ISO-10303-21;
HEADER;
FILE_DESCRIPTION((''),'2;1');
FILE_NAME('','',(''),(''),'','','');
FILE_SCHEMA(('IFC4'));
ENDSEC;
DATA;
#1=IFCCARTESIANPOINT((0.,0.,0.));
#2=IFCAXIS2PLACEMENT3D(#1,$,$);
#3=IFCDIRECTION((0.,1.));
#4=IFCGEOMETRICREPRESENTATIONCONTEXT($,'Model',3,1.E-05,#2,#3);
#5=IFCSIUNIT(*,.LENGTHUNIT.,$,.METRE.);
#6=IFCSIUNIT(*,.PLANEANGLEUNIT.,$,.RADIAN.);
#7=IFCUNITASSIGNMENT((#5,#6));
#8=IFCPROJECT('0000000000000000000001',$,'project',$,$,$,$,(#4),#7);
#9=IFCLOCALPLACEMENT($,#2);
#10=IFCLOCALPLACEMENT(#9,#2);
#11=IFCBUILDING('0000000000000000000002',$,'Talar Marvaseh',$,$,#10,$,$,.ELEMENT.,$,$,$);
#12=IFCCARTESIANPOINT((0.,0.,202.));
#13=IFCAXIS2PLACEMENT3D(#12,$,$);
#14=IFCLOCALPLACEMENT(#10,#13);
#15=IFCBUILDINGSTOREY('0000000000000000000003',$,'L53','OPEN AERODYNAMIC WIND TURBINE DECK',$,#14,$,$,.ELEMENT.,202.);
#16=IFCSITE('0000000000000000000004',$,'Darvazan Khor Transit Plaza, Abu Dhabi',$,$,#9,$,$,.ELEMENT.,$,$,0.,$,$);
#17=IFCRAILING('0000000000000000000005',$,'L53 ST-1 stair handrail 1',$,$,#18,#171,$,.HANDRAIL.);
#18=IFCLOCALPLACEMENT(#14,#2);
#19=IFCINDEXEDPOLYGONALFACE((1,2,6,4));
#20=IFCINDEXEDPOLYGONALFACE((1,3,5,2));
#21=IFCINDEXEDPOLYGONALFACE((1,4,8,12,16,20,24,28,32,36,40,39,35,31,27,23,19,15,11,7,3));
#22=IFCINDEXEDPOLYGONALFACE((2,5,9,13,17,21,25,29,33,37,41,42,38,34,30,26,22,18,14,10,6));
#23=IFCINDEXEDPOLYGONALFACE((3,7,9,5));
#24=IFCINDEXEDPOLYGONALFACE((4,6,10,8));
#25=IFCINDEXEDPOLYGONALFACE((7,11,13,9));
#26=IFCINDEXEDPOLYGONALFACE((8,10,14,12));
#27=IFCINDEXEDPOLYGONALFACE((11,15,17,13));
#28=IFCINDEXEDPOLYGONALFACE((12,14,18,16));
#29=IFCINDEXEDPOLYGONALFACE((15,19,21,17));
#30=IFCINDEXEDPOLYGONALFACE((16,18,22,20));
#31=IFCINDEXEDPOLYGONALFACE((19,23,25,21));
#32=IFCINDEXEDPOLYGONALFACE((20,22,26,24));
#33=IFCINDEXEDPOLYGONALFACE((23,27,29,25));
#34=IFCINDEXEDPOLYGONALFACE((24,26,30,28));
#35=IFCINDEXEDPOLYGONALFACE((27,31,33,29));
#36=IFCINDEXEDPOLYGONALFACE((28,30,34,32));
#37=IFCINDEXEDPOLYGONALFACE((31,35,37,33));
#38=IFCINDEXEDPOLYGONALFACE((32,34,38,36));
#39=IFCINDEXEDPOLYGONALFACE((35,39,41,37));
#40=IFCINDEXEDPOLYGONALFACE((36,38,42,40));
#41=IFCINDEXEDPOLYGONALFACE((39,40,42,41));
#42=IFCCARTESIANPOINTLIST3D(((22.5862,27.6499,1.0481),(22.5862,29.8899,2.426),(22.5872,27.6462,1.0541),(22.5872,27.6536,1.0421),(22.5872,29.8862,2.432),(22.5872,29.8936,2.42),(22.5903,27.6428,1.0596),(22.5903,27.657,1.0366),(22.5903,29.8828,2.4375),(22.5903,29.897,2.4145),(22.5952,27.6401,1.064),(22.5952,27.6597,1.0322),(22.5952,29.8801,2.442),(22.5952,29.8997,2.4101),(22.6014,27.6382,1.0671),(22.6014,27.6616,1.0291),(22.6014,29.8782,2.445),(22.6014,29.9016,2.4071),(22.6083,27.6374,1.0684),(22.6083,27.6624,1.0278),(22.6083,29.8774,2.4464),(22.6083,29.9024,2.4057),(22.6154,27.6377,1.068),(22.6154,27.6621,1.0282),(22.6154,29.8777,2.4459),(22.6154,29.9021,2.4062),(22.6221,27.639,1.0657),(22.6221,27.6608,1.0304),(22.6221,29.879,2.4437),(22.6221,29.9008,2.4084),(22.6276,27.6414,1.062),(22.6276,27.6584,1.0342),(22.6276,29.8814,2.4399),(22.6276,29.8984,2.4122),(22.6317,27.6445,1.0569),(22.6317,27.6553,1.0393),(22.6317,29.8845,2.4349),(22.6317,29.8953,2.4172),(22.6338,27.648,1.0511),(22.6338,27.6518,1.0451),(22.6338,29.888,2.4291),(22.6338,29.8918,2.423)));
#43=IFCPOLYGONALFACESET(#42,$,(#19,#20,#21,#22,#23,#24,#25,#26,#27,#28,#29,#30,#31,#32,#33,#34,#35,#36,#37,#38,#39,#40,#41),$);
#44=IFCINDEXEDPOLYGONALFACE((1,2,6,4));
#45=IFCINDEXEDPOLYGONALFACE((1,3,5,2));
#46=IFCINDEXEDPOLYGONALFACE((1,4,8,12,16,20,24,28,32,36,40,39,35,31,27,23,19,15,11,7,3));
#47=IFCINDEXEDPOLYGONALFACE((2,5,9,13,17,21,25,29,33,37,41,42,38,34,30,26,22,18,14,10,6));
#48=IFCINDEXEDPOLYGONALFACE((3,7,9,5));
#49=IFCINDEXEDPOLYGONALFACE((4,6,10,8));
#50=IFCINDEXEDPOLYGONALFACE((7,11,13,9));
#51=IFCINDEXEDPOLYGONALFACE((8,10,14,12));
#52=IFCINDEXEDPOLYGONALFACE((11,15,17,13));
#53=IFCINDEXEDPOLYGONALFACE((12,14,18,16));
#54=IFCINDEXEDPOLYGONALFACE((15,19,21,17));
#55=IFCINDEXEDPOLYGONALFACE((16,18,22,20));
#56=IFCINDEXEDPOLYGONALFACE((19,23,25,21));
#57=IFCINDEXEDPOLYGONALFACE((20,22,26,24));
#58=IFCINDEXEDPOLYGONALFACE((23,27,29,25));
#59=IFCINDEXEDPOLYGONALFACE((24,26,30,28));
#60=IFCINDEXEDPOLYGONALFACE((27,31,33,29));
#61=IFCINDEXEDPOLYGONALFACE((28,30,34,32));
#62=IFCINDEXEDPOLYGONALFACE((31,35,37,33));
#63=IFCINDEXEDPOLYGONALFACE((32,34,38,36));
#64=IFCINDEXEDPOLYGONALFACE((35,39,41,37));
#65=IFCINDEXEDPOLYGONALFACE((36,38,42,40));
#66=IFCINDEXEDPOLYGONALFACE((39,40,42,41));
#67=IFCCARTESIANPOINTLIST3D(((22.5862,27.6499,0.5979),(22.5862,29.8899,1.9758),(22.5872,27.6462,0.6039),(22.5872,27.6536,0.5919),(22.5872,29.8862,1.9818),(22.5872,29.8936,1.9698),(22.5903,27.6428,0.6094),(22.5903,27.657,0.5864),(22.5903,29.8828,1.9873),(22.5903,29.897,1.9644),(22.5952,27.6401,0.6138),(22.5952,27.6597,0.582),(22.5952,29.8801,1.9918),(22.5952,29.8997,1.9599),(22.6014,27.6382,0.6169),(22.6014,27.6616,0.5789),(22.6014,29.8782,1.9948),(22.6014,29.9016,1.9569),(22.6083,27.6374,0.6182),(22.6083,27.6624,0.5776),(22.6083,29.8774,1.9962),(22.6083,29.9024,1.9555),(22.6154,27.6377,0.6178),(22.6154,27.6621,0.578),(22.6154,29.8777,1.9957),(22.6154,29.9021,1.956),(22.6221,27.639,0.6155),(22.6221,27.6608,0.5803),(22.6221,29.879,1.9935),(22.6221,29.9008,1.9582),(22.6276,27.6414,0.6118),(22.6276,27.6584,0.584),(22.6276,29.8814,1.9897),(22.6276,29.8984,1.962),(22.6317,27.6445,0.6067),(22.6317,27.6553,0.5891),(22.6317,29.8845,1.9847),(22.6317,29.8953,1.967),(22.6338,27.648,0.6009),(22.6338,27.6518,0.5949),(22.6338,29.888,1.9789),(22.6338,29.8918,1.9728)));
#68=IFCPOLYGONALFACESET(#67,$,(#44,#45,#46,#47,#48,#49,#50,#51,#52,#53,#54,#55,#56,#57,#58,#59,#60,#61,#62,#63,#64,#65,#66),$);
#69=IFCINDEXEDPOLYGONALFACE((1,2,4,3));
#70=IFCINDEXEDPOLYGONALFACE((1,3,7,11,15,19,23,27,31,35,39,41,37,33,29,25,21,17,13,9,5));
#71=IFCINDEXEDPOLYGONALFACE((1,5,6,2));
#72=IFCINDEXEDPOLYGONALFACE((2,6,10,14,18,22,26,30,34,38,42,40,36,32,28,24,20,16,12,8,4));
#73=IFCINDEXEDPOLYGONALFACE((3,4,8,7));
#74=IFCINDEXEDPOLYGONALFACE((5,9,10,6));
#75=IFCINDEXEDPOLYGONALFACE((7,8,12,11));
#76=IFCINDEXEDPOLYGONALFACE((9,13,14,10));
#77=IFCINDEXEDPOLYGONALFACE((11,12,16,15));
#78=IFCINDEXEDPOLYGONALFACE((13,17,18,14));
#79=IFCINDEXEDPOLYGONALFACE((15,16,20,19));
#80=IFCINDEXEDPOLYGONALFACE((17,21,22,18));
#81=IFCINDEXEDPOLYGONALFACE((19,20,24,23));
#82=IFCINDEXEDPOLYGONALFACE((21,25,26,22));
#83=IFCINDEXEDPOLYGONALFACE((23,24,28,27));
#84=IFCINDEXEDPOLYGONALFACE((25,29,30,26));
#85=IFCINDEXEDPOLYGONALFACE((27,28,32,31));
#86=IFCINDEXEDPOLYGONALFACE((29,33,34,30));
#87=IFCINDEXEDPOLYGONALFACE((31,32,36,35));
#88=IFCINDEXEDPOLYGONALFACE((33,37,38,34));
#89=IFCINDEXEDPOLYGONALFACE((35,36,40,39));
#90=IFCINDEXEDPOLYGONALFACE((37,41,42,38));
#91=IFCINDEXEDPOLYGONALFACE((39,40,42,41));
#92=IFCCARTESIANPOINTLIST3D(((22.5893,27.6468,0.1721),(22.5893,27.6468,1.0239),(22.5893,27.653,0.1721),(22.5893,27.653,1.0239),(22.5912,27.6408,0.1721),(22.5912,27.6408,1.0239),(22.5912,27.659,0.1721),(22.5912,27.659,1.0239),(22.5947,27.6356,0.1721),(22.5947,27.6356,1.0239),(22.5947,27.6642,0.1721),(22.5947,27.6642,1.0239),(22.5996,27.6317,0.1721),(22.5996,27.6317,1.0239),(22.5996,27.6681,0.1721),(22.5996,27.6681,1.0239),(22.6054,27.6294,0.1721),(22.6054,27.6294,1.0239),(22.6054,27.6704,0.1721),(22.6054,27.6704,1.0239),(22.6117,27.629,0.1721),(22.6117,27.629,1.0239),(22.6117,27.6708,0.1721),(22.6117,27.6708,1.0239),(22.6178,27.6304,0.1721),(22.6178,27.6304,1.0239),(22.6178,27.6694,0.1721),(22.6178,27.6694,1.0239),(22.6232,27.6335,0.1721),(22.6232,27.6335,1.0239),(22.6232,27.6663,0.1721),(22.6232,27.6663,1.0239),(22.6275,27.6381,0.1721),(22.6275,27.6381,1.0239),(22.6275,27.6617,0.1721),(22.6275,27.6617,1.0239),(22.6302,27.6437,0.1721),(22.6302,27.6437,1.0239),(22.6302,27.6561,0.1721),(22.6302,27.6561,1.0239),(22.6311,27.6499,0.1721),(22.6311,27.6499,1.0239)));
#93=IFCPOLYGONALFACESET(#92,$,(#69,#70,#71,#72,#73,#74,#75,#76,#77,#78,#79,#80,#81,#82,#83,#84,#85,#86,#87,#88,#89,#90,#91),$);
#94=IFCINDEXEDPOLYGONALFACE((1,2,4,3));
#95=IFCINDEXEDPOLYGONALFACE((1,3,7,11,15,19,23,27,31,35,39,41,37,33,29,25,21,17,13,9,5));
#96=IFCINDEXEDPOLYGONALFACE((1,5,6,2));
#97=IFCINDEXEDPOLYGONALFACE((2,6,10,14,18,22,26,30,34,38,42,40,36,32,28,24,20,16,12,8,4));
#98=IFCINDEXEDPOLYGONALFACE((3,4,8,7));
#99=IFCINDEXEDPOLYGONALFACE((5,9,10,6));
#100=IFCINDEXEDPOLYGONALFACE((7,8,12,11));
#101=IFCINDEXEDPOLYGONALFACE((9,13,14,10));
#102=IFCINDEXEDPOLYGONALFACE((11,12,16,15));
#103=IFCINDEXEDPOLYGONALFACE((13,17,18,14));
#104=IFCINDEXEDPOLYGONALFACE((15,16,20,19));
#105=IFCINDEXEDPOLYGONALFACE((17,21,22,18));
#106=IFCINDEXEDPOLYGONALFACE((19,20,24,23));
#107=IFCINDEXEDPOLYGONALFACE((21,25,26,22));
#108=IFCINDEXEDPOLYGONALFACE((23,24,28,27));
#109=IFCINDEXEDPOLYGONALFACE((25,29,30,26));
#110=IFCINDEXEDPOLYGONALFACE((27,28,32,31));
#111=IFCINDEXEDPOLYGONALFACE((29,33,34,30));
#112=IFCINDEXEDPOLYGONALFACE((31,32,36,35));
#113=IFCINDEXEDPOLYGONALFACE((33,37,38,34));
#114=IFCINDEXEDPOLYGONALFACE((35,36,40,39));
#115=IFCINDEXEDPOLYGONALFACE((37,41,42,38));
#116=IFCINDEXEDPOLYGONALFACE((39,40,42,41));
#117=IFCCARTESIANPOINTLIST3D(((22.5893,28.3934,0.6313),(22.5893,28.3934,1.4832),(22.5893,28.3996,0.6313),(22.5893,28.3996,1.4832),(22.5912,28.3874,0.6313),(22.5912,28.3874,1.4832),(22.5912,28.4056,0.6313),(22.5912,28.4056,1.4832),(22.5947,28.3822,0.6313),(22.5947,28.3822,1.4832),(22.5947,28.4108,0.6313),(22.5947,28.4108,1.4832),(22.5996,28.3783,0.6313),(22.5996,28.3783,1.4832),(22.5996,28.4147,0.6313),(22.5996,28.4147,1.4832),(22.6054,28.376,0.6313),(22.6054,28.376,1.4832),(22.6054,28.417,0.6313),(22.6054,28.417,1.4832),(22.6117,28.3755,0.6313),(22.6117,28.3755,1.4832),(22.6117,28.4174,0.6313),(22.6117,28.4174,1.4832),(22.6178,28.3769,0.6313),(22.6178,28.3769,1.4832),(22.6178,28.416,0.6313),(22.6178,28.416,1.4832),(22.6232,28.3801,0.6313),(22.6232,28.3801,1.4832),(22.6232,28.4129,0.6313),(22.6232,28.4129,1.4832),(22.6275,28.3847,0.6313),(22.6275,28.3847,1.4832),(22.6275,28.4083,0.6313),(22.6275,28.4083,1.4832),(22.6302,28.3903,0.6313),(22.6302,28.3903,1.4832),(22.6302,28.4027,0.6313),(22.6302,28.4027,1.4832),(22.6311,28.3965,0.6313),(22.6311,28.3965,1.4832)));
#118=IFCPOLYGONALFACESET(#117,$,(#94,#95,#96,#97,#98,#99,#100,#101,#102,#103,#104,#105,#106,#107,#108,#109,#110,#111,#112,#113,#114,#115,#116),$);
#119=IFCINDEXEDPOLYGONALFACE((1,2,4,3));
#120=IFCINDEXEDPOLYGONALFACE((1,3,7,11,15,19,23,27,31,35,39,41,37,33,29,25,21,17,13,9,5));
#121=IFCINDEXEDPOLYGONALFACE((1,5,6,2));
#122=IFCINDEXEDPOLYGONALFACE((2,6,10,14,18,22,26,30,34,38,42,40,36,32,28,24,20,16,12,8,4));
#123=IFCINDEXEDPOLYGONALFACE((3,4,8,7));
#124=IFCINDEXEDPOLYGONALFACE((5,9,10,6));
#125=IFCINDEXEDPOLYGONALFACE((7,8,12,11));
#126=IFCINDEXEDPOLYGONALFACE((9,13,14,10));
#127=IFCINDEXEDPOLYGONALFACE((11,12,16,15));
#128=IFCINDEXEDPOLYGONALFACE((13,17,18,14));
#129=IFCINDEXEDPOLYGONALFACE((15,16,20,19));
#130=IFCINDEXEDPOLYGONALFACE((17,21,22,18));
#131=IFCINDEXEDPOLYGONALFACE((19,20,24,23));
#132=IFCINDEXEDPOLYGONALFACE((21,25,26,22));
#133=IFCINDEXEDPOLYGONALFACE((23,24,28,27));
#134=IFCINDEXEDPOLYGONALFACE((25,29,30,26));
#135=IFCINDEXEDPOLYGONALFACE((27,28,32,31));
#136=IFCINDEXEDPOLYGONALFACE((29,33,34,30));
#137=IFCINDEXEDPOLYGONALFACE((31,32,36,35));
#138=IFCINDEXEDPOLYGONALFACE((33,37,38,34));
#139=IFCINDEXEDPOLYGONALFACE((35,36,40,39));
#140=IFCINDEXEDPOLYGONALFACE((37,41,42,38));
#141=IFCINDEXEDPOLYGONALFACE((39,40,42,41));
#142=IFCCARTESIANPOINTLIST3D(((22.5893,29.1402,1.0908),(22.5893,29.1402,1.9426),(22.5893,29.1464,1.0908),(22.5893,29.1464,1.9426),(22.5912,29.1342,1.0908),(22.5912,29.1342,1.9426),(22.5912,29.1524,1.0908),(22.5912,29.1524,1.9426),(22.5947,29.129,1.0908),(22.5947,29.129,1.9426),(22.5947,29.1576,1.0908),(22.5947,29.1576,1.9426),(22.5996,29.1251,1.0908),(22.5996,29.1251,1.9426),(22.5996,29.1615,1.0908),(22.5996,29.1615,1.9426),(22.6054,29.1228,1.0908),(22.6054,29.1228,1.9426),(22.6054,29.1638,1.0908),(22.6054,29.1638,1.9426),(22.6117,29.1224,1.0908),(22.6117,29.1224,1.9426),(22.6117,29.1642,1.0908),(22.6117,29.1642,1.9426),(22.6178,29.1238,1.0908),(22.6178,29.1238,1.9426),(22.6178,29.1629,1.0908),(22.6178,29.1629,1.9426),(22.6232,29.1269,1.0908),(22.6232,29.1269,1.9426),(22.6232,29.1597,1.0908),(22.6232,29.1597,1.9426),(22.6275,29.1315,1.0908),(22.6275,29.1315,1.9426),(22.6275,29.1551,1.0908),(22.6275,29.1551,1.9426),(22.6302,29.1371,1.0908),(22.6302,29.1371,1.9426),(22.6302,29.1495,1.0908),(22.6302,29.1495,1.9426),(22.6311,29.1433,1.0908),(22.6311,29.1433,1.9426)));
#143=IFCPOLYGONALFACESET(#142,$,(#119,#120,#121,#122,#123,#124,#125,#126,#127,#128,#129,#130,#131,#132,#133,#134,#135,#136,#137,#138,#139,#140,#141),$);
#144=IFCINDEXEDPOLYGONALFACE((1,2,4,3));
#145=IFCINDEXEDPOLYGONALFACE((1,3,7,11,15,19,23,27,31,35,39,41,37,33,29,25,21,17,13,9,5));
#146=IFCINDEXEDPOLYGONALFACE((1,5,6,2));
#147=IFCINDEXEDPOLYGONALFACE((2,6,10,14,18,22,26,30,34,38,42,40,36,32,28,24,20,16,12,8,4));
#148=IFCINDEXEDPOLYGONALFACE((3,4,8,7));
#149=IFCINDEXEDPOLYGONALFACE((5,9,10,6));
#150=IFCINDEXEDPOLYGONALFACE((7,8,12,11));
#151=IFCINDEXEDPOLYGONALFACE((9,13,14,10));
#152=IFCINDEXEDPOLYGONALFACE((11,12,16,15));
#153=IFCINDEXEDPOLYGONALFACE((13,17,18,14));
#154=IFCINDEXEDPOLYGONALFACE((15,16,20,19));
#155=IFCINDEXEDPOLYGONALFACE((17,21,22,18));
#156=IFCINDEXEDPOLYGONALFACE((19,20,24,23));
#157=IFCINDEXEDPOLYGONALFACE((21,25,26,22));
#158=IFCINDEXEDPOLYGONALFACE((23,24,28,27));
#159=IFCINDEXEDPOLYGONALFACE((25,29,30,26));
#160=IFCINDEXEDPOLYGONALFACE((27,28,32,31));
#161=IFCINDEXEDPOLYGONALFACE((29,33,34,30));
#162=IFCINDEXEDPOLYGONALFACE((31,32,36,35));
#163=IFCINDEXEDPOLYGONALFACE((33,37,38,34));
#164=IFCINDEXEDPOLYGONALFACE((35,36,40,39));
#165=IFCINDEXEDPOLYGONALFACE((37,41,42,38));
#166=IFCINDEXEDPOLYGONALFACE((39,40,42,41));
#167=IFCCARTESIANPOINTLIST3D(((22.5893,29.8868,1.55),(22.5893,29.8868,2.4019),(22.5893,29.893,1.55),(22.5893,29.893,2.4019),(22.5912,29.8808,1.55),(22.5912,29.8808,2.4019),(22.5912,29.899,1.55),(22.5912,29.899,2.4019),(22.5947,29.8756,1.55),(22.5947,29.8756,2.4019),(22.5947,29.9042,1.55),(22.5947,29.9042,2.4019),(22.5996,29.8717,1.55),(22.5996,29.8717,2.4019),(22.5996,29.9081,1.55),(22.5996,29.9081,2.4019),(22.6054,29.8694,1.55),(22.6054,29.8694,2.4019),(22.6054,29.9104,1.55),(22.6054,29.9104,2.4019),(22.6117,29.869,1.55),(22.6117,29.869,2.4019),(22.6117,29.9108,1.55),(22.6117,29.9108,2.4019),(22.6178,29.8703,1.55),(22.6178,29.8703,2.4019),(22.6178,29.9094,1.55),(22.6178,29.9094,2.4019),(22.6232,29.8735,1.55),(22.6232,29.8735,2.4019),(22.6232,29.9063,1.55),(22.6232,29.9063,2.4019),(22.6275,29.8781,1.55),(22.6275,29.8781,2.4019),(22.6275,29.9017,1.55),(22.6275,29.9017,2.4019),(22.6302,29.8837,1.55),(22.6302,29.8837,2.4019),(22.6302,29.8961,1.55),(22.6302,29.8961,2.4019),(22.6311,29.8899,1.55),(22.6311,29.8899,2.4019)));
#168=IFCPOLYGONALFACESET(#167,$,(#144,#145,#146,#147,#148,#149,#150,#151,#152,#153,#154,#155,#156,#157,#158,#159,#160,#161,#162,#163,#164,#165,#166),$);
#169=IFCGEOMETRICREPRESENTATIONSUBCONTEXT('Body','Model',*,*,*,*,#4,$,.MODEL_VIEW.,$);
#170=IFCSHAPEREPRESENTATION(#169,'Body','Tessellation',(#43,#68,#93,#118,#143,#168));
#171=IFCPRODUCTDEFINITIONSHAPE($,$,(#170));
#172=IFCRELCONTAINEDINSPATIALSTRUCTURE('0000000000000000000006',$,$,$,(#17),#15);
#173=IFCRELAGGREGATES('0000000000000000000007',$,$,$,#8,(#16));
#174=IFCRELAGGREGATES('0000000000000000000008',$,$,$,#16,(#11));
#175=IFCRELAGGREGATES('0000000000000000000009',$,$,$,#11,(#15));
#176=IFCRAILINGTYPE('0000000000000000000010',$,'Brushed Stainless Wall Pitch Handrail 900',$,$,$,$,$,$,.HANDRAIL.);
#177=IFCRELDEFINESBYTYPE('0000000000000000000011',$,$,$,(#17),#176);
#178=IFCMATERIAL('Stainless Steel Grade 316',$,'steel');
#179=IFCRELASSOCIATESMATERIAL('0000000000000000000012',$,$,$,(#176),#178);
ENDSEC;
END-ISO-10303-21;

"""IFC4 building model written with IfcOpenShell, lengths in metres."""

from ifc_helpers import new_model, si_unit, direction, frame, origin, origin_2d, place, context, subcontext, project, spatial, circle, extrude, material, type_object, element, save


model = new_model("IFC4")

# Units and contexts
model_context = context("Model", 3, precision=1e-05, world=origin(), true_north=direction((0.0, 1.0)))
body_context = subcontext(model_context, "Body", "Model", "MODEL_VIEW")
ifc_project = project(units=[si_unit("LENGTHUNIT", "METRE"), si_unit("PLANEANGLEUNIT", "RADIAN")], contexts=[model_context])

# Site, building, storey
site_placement = place(None, origin())
site = spatial("IfcSite", under=ifc_project, at=site_placement, Name="Darvazan Khor Transit Plaza, Abu Dhabi", CompositionType="ELEMENT", RefElevation=0.0)
building_placement = place(site_placement, origin())
building = spatial("IfcBuilding", under=site, at=building_placement, Name="Talar Marvaseh", CompositionType="ELEMENT")
storey_placement = place(building_placement, frame((0.0, 0.0, 202.0)))
storey = spatial("IfcBuildingStorey", under=building, at=storey_placement, Name="L53", Description="OPEN AERODYNAMIC WIND TURBINE DECK", CompositionType="ELEMENT", Elevation=202.0)

# Shared definitions
ifc_material_1 = material(Name="Stainless Steel Grade 316", Category="steel")

# Railing
railing_type_1 = type_object("IfcRailingType", Name="Brushed Stainless Wall Pitch Handrail 900", PredefinedType="HANDRAIL", material=ifc_material_1)
railing_1_placement = place(storey_placement, frame((22.6101, 27.6499, 0.1721)))
element("IfcRailing", 1, at=railing_1_placement, inside=storey, type_object=railing_type_1, Name="L53 ST-1 stair handrail 1", PredefinedType="HANDRAIL", context=body_context, shape_type="SweptSolid", body=[
    extrude(circle(Radius=0.0239, at=origin_2d()), frame((0.0, 0.0, 0.876), z_axis=(0.0, 0.851748, 0.523952), x_axis=(-1.0, 0.0, 0.0)), (0.0, 0.0, 1.0), 2.6299),
    extrude(circle(Radius=0.0239, at=origin_2d()), frame((0.0, 0.0, 0.4258), z_axis=(0.0, 0.851748, 0.523952), x_axis=(-1.0, 0.0, 0.0)), (0.0, 0.0, 1.0), 2.6299),
    extrude(circle(Radius=0.021, at=origin_2d()), origin(), (0.0, 0.0, 1.0), 0.8518),
    extrude(circle(Radius=0.021, at=origin_2d()), frame((0.0, 0.7466, 0.4592)), (0.0, 0.0, 1.0), 0.8518),
    extrude(circle(Radius=0.021, at=origin_2d()), frame((0.0, 1.4934, 0.9187)), (0.0, 0.0, 1.0), 0.8518),
    extrude(circle(Radius=0.021, at=origin_2d()), frame((0.0, 2.24, 1.3779)), (0.0, 0.0, 1.0), 0.8518),
])

save(model, "model.ifc")
